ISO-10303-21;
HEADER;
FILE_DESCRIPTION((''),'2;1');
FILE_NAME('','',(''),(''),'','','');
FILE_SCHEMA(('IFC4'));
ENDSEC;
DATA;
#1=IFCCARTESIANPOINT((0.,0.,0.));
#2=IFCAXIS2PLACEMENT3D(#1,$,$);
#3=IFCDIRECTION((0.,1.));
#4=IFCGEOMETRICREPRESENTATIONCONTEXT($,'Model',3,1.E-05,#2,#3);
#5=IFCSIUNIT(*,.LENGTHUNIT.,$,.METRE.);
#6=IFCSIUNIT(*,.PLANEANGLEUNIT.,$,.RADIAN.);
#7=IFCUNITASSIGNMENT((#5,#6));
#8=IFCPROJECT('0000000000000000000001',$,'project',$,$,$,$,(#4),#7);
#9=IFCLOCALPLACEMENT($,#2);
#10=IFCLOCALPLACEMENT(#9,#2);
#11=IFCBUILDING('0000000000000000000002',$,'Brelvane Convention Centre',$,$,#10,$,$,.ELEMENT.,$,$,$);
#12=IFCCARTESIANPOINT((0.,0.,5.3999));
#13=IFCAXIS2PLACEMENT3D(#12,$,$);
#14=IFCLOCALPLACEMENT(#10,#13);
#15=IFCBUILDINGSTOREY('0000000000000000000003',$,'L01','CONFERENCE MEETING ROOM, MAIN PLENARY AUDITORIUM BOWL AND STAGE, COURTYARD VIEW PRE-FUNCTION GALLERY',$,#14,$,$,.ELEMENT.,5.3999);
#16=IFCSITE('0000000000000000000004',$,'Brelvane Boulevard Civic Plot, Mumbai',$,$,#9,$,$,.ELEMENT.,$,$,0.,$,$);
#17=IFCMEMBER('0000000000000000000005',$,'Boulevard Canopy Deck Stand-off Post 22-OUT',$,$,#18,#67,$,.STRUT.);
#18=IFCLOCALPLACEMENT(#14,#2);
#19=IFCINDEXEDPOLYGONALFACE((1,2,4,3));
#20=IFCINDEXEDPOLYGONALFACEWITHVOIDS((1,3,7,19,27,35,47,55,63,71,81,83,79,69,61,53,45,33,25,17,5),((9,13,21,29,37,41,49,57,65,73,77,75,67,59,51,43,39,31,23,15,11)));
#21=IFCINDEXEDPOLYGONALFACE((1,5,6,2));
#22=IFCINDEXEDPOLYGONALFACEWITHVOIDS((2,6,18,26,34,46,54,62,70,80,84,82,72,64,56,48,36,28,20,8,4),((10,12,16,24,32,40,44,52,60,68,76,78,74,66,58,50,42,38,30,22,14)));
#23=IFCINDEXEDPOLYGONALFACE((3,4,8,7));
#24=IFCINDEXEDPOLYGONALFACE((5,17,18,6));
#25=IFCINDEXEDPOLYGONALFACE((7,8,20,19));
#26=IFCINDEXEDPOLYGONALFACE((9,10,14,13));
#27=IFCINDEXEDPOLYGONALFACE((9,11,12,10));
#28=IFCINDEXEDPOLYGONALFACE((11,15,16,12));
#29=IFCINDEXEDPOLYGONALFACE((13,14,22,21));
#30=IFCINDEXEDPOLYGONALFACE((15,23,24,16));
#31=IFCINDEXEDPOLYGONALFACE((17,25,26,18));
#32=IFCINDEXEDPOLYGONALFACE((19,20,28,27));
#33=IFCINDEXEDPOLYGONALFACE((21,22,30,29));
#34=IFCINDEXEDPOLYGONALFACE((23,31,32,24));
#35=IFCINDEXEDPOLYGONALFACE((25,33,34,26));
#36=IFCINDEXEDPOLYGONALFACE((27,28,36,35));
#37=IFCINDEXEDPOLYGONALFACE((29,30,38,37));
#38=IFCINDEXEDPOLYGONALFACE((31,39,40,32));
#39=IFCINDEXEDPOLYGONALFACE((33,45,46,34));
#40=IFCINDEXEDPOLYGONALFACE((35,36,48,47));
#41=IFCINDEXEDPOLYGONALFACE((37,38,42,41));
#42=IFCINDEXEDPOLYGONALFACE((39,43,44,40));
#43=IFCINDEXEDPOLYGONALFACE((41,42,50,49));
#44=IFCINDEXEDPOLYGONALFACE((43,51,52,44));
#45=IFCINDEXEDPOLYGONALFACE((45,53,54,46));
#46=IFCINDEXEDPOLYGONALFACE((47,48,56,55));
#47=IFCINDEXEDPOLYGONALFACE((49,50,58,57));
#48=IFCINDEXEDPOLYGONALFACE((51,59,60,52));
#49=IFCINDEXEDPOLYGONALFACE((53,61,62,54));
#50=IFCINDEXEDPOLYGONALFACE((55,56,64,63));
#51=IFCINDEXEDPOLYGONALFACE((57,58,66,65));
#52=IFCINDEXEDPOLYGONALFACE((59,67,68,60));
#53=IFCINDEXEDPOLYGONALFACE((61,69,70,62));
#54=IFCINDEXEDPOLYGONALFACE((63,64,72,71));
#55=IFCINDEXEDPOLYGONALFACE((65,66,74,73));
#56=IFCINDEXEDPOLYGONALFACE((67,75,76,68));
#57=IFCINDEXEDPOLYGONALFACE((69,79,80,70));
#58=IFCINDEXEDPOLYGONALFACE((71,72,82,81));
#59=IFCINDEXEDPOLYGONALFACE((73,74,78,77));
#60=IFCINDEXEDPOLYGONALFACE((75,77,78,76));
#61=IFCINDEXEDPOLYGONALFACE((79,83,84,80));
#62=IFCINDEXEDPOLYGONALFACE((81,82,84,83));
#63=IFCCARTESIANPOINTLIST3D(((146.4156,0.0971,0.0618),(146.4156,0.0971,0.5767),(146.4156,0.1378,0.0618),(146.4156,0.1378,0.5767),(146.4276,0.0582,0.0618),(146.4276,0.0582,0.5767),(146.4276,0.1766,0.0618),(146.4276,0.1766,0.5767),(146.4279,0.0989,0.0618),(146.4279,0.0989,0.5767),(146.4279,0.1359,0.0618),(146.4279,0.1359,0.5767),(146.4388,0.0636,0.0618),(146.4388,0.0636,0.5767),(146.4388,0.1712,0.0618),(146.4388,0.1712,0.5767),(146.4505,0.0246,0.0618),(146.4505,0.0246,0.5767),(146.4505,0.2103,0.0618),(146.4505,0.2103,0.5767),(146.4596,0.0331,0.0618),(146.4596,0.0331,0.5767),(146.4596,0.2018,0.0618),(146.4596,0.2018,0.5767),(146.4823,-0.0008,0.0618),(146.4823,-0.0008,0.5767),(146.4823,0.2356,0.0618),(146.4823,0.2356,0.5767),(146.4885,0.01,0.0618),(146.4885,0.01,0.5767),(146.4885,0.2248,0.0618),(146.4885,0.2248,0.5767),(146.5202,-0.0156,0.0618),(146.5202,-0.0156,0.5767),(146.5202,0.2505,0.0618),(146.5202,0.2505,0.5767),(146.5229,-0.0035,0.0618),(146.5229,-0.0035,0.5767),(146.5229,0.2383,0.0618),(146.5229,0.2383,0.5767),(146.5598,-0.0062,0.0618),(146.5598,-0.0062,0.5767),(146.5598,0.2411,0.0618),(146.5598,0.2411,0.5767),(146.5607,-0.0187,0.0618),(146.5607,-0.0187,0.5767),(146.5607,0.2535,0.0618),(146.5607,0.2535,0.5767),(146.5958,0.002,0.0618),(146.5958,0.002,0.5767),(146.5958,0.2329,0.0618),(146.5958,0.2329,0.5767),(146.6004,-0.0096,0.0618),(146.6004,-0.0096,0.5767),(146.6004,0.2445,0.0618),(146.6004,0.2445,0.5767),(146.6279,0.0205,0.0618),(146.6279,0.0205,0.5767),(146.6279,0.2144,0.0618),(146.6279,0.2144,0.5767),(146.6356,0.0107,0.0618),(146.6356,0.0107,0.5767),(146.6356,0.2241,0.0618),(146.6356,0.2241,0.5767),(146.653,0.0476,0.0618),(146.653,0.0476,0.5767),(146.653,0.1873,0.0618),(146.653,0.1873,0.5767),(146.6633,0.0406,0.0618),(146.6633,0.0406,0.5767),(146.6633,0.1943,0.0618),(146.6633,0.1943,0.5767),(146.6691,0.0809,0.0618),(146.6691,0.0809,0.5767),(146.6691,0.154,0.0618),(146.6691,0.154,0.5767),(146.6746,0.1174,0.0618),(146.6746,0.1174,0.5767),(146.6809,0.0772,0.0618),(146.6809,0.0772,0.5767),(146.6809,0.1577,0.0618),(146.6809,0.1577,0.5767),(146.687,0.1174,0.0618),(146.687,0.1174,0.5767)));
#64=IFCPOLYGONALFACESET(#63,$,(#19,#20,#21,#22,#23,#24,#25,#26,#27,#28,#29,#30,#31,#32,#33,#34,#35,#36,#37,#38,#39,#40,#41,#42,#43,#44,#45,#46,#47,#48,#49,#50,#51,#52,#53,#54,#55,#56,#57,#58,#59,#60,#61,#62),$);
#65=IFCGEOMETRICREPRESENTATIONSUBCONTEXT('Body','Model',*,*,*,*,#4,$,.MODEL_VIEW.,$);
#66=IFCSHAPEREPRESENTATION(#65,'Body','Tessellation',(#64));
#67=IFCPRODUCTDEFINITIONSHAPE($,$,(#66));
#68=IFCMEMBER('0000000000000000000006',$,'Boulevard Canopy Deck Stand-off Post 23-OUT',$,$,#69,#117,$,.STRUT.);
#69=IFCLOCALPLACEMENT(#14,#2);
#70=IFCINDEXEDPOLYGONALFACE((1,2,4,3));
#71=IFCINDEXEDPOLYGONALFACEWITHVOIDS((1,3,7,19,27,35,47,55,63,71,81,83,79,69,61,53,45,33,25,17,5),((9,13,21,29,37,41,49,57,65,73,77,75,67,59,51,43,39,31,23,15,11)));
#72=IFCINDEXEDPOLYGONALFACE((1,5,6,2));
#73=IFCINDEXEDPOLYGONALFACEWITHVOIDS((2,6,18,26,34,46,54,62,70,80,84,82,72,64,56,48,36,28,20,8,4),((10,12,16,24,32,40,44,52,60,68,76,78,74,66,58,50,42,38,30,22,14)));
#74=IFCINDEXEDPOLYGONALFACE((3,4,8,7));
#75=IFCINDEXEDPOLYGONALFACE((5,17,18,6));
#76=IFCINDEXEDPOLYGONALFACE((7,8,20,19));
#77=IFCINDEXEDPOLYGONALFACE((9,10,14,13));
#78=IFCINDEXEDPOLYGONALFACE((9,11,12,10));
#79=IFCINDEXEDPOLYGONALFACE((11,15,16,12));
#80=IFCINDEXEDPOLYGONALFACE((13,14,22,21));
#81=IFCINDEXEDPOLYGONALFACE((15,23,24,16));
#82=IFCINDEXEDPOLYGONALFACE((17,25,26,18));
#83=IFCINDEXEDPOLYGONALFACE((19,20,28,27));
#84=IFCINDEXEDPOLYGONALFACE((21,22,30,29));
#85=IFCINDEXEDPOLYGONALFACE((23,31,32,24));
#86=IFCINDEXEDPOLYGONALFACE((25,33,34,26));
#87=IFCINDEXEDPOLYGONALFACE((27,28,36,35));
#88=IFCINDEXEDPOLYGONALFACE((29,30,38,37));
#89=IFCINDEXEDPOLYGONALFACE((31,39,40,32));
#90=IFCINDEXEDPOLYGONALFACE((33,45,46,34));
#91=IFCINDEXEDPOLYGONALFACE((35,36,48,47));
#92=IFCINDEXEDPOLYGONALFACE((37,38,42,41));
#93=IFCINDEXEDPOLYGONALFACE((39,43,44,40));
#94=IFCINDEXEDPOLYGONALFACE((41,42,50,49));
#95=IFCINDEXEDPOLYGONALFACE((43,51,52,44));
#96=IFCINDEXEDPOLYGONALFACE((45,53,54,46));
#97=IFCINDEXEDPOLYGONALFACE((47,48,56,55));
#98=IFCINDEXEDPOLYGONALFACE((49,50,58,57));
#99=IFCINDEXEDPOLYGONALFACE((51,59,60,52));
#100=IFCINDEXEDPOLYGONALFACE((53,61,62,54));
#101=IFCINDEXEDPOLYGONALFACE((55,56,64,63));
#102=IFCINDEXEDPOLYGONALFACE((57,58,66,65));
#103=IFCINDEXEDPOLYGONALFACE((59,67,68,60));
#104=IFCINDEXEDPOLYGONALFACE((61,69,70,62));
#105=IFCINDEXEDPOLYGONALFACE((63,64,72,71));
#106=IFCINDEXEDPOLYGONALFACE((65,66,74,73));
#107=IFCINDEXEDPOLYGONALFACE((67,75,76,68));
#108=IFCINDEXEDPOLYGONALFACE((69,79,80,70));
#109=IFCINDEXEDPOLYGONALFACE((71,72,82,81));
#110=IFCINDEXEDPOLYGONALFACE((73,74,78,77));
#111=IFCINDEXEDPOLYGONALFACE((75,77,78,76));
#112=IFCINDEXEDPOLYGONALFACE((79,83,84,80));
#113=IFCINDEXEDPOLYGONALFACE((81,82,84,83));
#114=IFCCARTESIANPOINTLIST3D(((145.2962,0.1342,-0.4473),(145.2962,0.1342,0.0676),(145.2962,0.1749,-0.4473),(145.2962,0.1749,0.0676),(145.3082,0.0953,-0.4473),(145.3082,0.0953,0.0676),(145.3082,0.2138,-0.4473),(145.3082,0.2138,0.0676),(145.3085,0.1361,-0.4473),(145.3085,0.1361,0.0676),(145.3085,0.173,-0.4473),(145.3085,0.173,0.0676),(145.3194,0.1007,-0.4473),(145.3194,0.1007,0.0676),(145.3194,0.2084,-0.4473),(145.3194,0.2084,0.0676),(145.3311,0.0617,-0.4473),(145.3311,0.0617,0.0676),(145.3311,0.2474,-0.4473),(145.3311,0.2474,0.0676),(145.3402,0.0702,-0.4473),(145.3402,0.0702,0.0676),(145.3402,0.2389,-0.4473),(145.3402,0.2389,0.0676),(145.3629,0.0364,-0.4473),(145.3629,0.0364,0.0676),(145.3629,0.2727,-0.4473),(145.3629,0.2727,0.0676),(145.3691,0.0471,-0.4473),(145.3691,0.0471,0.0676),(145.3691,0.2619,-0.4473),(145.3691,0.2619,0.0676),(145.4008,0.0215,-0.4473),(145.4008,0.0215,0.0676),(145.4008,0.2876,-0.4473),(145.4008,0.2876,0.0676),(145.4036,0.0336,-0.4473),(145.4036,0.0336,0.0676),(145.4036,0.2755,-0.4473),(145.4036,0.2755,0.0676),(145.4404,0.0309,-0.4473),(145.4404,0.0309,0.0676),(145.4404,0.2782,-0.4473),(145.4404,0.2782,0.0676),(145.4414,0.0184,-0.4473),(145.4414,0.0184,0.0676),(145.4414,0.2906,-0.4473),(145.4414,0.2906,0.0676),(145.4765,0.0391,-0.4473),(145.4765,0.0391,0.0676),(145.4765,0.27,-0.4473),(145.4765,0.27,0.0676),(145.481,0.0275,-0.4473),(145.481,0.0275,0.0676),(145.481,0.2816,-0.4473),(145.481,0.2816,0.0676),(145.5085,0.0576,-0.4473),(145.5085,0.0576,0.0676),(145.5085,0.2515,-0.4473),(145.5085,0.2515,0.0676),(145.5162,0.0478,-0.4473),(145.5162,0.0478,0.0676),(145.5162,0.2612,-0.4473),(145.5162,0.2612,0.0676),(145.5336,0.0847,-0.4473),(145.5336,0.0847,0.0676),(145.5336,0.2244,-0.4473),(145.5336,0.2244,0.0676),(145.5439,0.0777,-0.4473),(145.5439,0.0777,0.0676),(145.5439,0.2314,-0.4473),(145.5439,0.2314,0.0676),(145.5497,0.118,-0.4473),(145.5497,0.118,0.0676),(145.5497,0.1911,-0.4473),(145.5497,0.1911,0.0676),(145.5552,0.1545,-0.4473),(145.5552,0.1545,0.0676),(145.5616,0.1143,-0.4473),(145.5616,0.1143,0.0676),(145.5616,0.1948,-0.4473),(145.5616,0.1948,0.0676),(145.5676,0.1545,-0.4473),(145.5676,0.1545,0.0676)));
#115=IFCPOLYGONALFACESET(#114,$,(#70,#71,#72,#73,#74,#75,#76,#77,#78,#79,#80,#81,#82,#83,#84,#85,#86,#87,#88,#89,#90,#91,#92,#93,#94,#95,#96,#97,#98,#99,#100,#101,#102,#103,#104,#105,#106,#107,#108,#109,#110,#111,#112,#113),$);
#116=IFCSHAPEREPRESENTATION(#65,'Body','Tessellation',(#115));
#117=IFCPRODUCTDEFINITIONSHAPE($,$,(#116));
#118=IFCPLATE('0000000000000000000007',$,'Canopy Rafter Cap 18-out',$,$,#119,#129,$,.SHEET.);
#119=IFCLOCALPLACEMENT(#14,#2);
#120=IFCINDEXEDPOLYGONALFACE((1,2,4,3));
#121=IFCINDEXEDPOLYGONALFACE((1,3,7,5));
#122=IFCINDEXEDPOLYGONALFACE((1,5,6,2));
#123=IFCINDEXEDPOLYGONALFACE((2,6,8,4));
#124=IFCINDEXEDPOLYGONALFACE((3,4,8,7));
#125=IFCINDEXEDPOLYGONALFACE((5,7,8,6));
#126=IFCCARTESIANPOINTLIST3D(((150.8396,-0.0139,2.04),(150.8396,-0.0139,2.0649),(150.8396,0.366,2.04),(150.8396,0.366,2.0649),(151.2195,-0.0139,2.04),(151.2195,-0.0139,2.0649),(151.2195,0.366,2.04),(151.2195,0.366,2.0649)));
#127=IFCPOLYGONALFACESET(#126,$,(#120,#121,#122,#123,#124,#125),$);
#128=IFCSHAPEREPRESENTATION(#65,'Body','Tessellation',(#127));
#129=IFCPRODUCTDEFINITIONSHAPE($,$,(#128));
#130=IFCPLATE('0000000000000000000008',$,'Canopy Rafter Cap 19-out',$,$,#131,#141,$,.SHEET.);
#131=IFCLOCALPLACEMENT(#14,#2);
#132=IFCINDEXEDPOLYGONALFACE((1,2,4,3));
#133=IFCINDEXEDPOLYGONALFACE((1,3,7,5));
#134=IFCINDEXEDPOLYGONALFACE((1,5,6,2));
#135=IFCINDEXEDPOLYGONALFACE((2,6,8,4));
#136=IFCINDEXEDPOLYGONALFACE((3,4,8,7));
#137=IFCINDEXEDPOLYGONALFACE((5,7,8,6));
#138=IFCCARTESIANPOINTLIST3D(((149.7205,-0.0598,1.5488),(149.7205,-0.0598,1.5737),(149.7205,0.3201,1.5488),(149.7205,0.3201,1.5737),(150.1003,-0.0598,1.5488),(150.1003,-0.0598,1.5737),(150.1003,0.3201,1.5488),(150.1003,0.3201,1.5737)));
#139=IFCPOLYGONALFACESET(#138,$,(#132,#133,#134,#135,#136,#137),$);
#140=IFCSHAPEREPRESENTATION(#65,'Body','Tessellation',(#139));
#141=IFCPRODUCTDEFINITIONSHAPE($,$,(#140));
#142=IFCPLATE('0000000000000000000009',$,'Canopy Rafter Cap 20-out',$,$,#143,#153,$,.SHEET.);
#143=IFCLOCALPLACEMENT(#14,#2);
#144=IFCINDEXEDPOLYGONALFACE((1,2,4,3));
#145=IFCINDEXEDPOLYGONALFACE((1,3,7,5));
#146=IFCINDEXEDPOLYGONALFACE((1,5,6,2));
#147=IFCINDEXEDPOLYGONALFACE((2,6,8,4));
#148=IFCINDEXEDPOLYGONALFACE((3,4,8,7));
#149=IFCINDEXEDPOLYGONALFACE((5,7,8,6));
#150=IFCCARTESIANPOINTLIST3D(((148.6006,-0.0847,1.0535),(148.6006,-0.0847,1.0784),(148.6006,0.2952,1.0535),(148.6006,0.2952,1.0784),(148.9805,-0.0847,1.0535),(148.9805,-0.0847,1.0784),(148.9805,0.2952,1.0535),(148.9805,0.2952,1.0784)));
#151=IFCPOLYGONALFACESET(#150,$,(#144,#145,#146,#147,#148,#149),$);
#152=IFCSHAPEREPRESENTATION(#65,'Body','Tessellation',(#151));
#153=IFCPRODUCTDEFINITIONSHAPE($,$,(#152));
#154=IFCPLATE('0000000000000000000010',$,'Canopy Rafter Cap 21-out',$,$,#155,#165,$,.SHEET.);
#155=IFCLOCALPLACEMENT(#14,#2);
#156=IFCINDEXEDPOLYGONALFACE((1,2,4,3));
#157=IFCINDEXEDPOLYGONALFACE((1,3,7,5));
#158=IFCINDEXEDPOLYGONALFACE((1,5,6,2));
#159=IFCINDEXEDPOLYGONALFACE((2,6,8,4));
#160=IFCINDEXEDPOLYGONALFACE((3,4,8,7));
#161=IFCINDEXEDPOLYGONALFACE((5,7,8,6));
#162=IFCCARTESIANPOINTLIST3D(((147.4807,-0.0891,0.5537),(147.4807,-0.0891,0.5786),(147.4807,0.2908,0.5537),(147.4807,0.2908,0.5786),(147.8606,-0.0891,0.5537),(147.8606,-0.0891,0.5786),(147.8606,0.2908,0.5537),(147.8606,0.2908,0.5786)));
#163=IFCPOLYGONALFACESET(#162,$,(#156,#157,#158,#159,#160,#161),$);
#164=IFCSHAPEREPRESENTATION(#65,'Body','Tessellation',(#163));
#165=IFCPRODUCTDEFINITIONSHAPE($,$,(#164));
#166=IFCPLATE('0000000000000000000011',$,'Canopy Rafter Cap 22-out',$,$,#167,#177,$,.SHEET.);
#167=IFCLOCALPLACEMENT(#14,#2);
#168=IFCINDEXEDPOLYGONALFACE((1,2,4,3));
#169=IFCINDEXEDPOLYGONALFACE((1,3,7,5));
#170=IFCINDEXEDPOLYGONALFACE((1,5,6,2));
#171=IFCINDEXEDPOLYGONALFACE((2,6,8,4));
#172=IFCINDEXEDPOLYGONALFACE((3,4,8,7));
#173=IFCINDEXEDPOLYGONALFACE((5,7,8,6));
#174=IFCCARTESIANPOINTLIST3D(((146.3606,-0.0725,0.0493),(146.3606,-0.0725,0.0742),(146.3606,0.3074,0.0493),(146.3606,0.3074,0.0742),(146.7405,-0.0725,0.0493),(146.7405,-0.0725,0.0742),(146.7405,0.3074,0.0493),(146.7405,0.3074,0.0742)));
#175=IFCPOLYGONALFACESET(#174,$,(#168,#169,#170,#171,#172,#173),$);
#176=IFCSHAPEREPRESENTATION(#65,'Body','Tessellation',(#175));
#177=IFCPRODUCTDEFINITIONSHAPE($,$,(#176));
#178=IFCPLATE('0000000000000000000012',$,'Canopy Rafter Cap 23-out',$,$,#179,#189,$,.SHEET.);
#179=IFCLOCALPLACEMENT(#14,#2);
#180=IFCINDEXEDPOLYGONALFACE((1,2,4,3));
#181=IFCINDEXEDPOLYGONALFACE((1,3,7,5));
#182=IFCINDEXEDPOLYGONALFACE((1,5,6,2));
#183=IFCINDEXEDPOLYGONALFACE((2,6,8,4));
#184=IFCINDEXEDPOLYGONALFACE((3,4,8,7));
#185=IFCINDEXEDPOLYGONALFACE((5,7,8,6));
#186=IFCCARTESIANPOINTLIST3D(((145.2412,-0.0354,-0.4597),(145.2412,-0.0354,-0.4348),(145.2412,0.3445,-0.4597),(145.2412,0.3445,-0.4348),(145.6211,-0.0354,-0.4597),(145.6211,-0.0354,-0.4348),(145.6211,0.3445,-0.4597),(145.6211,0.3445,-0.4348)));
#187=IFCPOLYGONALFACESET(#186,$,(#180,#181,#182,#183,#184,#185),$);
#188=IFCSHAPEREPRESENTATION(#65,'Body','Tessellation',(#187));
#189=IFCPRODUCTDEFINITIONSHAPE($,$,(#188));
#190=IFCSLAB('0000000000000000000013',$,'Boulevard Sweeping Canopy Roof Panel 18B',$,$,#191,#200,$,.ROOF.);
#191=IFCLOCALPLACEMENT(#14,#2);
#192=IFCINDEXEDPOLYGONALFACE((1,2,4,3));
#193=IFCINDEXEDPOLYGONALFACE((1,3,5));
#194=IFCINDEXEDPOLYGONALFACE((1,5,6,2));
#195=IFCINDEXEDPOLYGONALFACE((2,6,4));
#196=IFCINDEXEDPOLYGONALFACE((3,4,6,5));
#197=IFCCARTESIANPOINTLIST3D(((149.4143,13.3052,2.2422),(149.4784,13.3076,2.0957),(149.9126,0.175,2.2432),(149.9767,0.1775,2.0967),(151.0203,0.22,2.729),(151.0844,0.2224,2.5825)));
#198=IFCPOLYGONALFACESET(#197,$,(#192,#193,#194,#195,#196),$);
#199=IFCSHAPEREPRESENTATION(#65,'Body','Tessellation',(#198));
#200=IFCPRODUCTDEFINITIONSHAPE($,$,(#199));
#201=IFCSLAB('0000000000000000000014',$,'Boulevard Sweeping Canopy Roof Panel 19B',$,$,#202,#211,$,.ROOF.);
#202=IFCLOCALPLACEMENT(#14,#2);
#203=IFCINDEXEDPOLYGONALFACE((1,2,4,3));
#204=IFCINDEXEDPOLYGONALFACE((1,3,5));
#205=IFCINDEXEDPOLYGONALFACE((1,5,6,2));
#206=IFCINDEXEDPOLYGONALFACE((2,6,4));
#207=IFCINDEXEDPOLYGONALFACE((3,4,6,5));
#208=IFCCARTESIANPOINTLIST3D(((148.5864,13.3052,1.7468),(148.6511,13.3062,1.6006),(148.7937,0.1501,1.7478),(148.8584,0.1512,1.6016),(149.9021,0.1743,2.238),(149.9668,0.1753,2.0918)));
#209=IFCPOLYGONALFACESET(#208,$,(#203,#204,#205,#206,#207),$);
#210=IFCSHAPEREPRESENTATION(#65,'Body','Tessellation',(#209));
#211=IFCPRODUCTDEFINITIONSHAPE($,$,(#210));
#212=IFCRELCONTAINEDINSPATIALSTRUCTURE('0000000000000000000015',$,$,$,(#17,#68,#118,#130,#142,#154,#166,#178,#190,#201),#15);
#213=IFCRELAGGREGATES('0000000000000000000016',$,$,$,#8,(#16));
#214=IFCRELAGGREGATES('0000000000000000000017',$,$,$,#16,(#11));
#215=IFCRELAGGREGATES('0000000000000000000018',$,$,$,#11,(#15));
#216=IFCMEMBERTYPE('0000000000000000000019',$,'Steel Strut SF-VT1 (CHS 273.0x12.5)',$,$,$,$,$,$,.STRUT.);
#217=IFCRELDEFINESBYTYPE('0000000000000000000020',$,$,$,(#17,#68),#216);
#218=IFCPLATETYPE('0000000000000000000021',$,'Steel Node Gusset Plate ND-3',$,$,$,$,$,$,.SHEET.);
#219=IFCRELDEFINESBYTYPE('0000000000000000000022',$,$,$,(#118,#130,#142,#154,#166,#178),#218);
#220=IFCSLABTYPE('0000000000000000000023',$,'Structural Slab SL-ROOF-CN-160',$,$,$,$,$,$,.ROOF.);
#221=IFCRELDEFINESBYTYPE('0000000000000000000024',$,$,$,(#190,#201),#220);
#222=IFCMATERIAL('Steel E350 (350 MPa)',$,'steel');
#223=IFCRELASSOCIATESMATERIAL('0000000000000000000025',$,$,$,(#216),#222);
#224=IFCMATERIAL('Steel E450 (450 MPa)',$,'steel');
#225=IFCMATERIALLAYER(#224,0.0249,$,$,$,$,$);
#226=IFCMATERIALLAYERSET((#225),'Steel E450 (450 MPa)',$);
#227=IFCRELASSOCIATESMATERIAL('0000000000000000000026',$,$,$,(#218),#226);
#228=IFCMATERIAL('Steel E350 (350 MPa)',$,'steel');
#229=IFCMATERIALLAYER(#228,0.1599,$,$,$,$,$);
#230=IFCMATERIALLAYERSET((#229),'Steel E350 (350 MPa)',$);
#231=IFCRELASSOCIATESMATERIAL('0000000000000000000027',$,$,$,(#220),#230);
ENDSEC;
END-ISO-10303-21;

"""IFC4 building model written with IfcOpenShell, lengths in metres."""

from ifc_helpers import new_model, si_unit, direction, frame, origin, origin_2d, place, context, subcontext, project, spatial, polyline, rectangle, hollow_circle, outline, extrude, material, layer, layer_set, material_profile, profile_set, type_object, element, save


model = new_model("IFC4")

# Units and contexts
model_context = context("Model", 3, precision=1e-05, world=origin(), true_north=direction((0.0, 1.0)))
body_context = subcontext(model_context, "Body", "Model", "MODEL_VIEW")
ifc_project = project(units=[si_unit("LENGTHUNIT", "METRE"), si_unit("PLANEANGLEUNIT", "RADIAN")], contexts=[model_context])

# Site, building, storey
site_placement = place(None, origin())
site = spatial("IfcSite", under=ifc_project, at=site_placement, Name="Brelvane Boulevard Civic Plot, Mumbai", CompositionType="ELEMENT", RefElevation=0.0)
building_placement = place(site_placement, origin())
building = spatial("IfcBuilding", under=site, at=building_placement, Name="Brelvane Convention Centre", CompositionType="ELEMENT")
storey_placement = place(building_placement, frame((0.0, 0.0, 5.3999)))
storey = spatial("IfcBuildingStorey", under=building, at=storey_placement, Name="L01", Description="CONFERENCE MEETING ROOM, MAIN PLENARY AUDITORIUM BOWL AND STAGE, COURTYARD VIEW PRE-FUNCTION GALLERY", CompositionType="ELEMENT", Elevation=5.3999)

# Members
ifc_material_1 = material(Name="Steel E350 (350 MPa)", Category="steel")
ifc_material_profile_1 = material_profile(ifc_material_1, hollow_circle(Radius=0.1365, WallThickness=0.0125, at=origin_2d()), Name="CHS 273.0x12.5")
ifc_profile_set_1 = profile_set([ifc_material_profile_1], Name="Steel E350 (350 MPa)")
member_type_1 = type_object("IfcMemberType", Name="Steel Strut SF-VT1 (CHS 273.0x12.5)", PredefinedType="STRUT", material=ifc_profile_set_1)
for number, where, z_axis, x_axis, name in (
    (1, (146.5505, 0.1174, 0.0618), (0.0, 0.0, 1.0), (1.0, 0.0, 0.0), "Boulevard Canopy Deck Stand-off Post 22-OUT"),
    (2, (145.4312, 0.1545, -0.4473), (0.0, 0.0, 1.0), (1.0, 0.0, 0.0), "Boulevard Canopy Deck Stand-off Post 23-OUT"),
):
    element("IfcMember", number, at=place(storey_placement, frame(where, z_axis=z_axis, x_axis=x_axis)), inside=storey, type_object=member_type_1, Name=name, PredefinedType="STRUT", context=body_context, shape_type="SweptSolid", body=[
        extrude(hollow_circle(Radius=0.1365, WallThickness=0.0125, at=origin_2d()), origin(), (0.0, 0.0, 1.0), 0.5149),
    ])

# Plates
ifc_material_2 = material(Name="Steel E450 (450 MPa)", Category="steel")
ifc_layer_1 = layer(ifc_material_2, 0.0249)
ifc_layer_set_1 = layer_set([ifc_layer_1], Name="Steel E450 (450 MPa)")
plate_type = type_object("IfcPlateType", Name="Steel Node Gusset Plate ND-3", PredefinedType="SHEET", material=ifc_layer_set_1)
for number, where, z_axis, x_axis, name in (
    (3, (151.0295, 0.176, 2.04), (0.0, 0.0, 1.0), (1.0, 0.0, 0.0), "Canopy Rafter Cap 18-out"),
    (4, (149.9104, 0.1301, 1.5488), (0.0, 0.0, 1.0), (1.0, 0.0, 0.0), "Canopy Rafter Cap 19-out"),
    (5, (148.7905, 0.1052, 1.0535), (0.0, 0.0, 1.0), (1.0, 0.0, 0.0), "Canopy Rafter Cap 20-out"),
    (6, (147.6707, 0.1008, 0.5537), (0.0, 0.0, 1.0), (1.0, 0.0, 0.0), "Canopy Rafter Cap 21-out"),
    (7, (146.5505, 0.1174, 0.0493), (0.0, 0.0, 1.0), (1.0, 0.0, 0.0), "Canopy Rafter Cap 22-out"),
    (8, (145.4312, 0.1545, -0.4597), (0.0, 0.0, 1.0), (1.0, 0.0, 0.0), "Canopy Rafter Cap 23-out"),
):
    element("IfcPlate", number, at=place(storey_placement, frame(where, z_axis=z_axis, x_axis=x_axis)), inside=storey, type_object=plate_type, Name=name, PredefinedType="SHEET", context=body_context, shape_type="SweptSolid", body=[
        extrude(rectangle(XDim=0.3799, YDim=0.3799, at=origin_2d()), origin(), (0.0, 0.0, 1.0), 0.0249),
    ])

# Slabs
ifc_material_3 = material(Name="Steel E350 (350 MPa)", Category="steel")
ifc_layer_2 = layer(ifc_material_3, 0.1599)
ifc_layer_set_2 = layer_set([ifc_layer_2], Name="Steel E350 (350 MPa)")
slab_type = type_object("IfcSlabType", Name="Structural Slab SL-ROOF-CN-160", PredefinedType="ROOF", material=ifc_layer_set_2)
slab_1_placement = place(storey_placement, frame((151.0203, 0.22, 2.729), z_axis=(-0.401115, -0.015154, 0.915902), x_axis=(-0.915151, -0.037114, -0.4014)))
element("IfcSlab", 9, at=slab_1_placement, inside=storey, type_object=slab_type, Name="Boulevard Sweeping Canopy Roof Panel 18B", PredefinedType="ROOF", context=body_context, shape_type="SweptSolid", body=[
    extrude(outline(polyline([(0.0, 0.0), (1.2104, 0.0), (1.1795, -13.1395), (0.0, 0.0)])), origin(), (0.0, 0.0, -1.0), 0.1599),
])
slab_2_placement = place(storey_placement, frame((149.9021, 0.1743, 2.238), z_axis=(-0.40437, -0.006304, 0.914574), x_axis=(-0.914359, -0.019939, -0.404413)))
element("IfcSlab", 10, at=slab_2_placement, inside=storey, type_object=slab_type, Name="Boulevard Sweeping Canopy Roof Panel 19B", PredefinedType="ROOF", context=body_context, shape_type="SweptSolid", body=[
    extrude(outline(polyline([(0.0, 0.0), (1.2122, 0.0), (1.1398, -13.1565), (0.0, 0.0)])), origin(), (0.0, 0.0, -1.0), 0.1599),
])

save(model, "model.ifc")
